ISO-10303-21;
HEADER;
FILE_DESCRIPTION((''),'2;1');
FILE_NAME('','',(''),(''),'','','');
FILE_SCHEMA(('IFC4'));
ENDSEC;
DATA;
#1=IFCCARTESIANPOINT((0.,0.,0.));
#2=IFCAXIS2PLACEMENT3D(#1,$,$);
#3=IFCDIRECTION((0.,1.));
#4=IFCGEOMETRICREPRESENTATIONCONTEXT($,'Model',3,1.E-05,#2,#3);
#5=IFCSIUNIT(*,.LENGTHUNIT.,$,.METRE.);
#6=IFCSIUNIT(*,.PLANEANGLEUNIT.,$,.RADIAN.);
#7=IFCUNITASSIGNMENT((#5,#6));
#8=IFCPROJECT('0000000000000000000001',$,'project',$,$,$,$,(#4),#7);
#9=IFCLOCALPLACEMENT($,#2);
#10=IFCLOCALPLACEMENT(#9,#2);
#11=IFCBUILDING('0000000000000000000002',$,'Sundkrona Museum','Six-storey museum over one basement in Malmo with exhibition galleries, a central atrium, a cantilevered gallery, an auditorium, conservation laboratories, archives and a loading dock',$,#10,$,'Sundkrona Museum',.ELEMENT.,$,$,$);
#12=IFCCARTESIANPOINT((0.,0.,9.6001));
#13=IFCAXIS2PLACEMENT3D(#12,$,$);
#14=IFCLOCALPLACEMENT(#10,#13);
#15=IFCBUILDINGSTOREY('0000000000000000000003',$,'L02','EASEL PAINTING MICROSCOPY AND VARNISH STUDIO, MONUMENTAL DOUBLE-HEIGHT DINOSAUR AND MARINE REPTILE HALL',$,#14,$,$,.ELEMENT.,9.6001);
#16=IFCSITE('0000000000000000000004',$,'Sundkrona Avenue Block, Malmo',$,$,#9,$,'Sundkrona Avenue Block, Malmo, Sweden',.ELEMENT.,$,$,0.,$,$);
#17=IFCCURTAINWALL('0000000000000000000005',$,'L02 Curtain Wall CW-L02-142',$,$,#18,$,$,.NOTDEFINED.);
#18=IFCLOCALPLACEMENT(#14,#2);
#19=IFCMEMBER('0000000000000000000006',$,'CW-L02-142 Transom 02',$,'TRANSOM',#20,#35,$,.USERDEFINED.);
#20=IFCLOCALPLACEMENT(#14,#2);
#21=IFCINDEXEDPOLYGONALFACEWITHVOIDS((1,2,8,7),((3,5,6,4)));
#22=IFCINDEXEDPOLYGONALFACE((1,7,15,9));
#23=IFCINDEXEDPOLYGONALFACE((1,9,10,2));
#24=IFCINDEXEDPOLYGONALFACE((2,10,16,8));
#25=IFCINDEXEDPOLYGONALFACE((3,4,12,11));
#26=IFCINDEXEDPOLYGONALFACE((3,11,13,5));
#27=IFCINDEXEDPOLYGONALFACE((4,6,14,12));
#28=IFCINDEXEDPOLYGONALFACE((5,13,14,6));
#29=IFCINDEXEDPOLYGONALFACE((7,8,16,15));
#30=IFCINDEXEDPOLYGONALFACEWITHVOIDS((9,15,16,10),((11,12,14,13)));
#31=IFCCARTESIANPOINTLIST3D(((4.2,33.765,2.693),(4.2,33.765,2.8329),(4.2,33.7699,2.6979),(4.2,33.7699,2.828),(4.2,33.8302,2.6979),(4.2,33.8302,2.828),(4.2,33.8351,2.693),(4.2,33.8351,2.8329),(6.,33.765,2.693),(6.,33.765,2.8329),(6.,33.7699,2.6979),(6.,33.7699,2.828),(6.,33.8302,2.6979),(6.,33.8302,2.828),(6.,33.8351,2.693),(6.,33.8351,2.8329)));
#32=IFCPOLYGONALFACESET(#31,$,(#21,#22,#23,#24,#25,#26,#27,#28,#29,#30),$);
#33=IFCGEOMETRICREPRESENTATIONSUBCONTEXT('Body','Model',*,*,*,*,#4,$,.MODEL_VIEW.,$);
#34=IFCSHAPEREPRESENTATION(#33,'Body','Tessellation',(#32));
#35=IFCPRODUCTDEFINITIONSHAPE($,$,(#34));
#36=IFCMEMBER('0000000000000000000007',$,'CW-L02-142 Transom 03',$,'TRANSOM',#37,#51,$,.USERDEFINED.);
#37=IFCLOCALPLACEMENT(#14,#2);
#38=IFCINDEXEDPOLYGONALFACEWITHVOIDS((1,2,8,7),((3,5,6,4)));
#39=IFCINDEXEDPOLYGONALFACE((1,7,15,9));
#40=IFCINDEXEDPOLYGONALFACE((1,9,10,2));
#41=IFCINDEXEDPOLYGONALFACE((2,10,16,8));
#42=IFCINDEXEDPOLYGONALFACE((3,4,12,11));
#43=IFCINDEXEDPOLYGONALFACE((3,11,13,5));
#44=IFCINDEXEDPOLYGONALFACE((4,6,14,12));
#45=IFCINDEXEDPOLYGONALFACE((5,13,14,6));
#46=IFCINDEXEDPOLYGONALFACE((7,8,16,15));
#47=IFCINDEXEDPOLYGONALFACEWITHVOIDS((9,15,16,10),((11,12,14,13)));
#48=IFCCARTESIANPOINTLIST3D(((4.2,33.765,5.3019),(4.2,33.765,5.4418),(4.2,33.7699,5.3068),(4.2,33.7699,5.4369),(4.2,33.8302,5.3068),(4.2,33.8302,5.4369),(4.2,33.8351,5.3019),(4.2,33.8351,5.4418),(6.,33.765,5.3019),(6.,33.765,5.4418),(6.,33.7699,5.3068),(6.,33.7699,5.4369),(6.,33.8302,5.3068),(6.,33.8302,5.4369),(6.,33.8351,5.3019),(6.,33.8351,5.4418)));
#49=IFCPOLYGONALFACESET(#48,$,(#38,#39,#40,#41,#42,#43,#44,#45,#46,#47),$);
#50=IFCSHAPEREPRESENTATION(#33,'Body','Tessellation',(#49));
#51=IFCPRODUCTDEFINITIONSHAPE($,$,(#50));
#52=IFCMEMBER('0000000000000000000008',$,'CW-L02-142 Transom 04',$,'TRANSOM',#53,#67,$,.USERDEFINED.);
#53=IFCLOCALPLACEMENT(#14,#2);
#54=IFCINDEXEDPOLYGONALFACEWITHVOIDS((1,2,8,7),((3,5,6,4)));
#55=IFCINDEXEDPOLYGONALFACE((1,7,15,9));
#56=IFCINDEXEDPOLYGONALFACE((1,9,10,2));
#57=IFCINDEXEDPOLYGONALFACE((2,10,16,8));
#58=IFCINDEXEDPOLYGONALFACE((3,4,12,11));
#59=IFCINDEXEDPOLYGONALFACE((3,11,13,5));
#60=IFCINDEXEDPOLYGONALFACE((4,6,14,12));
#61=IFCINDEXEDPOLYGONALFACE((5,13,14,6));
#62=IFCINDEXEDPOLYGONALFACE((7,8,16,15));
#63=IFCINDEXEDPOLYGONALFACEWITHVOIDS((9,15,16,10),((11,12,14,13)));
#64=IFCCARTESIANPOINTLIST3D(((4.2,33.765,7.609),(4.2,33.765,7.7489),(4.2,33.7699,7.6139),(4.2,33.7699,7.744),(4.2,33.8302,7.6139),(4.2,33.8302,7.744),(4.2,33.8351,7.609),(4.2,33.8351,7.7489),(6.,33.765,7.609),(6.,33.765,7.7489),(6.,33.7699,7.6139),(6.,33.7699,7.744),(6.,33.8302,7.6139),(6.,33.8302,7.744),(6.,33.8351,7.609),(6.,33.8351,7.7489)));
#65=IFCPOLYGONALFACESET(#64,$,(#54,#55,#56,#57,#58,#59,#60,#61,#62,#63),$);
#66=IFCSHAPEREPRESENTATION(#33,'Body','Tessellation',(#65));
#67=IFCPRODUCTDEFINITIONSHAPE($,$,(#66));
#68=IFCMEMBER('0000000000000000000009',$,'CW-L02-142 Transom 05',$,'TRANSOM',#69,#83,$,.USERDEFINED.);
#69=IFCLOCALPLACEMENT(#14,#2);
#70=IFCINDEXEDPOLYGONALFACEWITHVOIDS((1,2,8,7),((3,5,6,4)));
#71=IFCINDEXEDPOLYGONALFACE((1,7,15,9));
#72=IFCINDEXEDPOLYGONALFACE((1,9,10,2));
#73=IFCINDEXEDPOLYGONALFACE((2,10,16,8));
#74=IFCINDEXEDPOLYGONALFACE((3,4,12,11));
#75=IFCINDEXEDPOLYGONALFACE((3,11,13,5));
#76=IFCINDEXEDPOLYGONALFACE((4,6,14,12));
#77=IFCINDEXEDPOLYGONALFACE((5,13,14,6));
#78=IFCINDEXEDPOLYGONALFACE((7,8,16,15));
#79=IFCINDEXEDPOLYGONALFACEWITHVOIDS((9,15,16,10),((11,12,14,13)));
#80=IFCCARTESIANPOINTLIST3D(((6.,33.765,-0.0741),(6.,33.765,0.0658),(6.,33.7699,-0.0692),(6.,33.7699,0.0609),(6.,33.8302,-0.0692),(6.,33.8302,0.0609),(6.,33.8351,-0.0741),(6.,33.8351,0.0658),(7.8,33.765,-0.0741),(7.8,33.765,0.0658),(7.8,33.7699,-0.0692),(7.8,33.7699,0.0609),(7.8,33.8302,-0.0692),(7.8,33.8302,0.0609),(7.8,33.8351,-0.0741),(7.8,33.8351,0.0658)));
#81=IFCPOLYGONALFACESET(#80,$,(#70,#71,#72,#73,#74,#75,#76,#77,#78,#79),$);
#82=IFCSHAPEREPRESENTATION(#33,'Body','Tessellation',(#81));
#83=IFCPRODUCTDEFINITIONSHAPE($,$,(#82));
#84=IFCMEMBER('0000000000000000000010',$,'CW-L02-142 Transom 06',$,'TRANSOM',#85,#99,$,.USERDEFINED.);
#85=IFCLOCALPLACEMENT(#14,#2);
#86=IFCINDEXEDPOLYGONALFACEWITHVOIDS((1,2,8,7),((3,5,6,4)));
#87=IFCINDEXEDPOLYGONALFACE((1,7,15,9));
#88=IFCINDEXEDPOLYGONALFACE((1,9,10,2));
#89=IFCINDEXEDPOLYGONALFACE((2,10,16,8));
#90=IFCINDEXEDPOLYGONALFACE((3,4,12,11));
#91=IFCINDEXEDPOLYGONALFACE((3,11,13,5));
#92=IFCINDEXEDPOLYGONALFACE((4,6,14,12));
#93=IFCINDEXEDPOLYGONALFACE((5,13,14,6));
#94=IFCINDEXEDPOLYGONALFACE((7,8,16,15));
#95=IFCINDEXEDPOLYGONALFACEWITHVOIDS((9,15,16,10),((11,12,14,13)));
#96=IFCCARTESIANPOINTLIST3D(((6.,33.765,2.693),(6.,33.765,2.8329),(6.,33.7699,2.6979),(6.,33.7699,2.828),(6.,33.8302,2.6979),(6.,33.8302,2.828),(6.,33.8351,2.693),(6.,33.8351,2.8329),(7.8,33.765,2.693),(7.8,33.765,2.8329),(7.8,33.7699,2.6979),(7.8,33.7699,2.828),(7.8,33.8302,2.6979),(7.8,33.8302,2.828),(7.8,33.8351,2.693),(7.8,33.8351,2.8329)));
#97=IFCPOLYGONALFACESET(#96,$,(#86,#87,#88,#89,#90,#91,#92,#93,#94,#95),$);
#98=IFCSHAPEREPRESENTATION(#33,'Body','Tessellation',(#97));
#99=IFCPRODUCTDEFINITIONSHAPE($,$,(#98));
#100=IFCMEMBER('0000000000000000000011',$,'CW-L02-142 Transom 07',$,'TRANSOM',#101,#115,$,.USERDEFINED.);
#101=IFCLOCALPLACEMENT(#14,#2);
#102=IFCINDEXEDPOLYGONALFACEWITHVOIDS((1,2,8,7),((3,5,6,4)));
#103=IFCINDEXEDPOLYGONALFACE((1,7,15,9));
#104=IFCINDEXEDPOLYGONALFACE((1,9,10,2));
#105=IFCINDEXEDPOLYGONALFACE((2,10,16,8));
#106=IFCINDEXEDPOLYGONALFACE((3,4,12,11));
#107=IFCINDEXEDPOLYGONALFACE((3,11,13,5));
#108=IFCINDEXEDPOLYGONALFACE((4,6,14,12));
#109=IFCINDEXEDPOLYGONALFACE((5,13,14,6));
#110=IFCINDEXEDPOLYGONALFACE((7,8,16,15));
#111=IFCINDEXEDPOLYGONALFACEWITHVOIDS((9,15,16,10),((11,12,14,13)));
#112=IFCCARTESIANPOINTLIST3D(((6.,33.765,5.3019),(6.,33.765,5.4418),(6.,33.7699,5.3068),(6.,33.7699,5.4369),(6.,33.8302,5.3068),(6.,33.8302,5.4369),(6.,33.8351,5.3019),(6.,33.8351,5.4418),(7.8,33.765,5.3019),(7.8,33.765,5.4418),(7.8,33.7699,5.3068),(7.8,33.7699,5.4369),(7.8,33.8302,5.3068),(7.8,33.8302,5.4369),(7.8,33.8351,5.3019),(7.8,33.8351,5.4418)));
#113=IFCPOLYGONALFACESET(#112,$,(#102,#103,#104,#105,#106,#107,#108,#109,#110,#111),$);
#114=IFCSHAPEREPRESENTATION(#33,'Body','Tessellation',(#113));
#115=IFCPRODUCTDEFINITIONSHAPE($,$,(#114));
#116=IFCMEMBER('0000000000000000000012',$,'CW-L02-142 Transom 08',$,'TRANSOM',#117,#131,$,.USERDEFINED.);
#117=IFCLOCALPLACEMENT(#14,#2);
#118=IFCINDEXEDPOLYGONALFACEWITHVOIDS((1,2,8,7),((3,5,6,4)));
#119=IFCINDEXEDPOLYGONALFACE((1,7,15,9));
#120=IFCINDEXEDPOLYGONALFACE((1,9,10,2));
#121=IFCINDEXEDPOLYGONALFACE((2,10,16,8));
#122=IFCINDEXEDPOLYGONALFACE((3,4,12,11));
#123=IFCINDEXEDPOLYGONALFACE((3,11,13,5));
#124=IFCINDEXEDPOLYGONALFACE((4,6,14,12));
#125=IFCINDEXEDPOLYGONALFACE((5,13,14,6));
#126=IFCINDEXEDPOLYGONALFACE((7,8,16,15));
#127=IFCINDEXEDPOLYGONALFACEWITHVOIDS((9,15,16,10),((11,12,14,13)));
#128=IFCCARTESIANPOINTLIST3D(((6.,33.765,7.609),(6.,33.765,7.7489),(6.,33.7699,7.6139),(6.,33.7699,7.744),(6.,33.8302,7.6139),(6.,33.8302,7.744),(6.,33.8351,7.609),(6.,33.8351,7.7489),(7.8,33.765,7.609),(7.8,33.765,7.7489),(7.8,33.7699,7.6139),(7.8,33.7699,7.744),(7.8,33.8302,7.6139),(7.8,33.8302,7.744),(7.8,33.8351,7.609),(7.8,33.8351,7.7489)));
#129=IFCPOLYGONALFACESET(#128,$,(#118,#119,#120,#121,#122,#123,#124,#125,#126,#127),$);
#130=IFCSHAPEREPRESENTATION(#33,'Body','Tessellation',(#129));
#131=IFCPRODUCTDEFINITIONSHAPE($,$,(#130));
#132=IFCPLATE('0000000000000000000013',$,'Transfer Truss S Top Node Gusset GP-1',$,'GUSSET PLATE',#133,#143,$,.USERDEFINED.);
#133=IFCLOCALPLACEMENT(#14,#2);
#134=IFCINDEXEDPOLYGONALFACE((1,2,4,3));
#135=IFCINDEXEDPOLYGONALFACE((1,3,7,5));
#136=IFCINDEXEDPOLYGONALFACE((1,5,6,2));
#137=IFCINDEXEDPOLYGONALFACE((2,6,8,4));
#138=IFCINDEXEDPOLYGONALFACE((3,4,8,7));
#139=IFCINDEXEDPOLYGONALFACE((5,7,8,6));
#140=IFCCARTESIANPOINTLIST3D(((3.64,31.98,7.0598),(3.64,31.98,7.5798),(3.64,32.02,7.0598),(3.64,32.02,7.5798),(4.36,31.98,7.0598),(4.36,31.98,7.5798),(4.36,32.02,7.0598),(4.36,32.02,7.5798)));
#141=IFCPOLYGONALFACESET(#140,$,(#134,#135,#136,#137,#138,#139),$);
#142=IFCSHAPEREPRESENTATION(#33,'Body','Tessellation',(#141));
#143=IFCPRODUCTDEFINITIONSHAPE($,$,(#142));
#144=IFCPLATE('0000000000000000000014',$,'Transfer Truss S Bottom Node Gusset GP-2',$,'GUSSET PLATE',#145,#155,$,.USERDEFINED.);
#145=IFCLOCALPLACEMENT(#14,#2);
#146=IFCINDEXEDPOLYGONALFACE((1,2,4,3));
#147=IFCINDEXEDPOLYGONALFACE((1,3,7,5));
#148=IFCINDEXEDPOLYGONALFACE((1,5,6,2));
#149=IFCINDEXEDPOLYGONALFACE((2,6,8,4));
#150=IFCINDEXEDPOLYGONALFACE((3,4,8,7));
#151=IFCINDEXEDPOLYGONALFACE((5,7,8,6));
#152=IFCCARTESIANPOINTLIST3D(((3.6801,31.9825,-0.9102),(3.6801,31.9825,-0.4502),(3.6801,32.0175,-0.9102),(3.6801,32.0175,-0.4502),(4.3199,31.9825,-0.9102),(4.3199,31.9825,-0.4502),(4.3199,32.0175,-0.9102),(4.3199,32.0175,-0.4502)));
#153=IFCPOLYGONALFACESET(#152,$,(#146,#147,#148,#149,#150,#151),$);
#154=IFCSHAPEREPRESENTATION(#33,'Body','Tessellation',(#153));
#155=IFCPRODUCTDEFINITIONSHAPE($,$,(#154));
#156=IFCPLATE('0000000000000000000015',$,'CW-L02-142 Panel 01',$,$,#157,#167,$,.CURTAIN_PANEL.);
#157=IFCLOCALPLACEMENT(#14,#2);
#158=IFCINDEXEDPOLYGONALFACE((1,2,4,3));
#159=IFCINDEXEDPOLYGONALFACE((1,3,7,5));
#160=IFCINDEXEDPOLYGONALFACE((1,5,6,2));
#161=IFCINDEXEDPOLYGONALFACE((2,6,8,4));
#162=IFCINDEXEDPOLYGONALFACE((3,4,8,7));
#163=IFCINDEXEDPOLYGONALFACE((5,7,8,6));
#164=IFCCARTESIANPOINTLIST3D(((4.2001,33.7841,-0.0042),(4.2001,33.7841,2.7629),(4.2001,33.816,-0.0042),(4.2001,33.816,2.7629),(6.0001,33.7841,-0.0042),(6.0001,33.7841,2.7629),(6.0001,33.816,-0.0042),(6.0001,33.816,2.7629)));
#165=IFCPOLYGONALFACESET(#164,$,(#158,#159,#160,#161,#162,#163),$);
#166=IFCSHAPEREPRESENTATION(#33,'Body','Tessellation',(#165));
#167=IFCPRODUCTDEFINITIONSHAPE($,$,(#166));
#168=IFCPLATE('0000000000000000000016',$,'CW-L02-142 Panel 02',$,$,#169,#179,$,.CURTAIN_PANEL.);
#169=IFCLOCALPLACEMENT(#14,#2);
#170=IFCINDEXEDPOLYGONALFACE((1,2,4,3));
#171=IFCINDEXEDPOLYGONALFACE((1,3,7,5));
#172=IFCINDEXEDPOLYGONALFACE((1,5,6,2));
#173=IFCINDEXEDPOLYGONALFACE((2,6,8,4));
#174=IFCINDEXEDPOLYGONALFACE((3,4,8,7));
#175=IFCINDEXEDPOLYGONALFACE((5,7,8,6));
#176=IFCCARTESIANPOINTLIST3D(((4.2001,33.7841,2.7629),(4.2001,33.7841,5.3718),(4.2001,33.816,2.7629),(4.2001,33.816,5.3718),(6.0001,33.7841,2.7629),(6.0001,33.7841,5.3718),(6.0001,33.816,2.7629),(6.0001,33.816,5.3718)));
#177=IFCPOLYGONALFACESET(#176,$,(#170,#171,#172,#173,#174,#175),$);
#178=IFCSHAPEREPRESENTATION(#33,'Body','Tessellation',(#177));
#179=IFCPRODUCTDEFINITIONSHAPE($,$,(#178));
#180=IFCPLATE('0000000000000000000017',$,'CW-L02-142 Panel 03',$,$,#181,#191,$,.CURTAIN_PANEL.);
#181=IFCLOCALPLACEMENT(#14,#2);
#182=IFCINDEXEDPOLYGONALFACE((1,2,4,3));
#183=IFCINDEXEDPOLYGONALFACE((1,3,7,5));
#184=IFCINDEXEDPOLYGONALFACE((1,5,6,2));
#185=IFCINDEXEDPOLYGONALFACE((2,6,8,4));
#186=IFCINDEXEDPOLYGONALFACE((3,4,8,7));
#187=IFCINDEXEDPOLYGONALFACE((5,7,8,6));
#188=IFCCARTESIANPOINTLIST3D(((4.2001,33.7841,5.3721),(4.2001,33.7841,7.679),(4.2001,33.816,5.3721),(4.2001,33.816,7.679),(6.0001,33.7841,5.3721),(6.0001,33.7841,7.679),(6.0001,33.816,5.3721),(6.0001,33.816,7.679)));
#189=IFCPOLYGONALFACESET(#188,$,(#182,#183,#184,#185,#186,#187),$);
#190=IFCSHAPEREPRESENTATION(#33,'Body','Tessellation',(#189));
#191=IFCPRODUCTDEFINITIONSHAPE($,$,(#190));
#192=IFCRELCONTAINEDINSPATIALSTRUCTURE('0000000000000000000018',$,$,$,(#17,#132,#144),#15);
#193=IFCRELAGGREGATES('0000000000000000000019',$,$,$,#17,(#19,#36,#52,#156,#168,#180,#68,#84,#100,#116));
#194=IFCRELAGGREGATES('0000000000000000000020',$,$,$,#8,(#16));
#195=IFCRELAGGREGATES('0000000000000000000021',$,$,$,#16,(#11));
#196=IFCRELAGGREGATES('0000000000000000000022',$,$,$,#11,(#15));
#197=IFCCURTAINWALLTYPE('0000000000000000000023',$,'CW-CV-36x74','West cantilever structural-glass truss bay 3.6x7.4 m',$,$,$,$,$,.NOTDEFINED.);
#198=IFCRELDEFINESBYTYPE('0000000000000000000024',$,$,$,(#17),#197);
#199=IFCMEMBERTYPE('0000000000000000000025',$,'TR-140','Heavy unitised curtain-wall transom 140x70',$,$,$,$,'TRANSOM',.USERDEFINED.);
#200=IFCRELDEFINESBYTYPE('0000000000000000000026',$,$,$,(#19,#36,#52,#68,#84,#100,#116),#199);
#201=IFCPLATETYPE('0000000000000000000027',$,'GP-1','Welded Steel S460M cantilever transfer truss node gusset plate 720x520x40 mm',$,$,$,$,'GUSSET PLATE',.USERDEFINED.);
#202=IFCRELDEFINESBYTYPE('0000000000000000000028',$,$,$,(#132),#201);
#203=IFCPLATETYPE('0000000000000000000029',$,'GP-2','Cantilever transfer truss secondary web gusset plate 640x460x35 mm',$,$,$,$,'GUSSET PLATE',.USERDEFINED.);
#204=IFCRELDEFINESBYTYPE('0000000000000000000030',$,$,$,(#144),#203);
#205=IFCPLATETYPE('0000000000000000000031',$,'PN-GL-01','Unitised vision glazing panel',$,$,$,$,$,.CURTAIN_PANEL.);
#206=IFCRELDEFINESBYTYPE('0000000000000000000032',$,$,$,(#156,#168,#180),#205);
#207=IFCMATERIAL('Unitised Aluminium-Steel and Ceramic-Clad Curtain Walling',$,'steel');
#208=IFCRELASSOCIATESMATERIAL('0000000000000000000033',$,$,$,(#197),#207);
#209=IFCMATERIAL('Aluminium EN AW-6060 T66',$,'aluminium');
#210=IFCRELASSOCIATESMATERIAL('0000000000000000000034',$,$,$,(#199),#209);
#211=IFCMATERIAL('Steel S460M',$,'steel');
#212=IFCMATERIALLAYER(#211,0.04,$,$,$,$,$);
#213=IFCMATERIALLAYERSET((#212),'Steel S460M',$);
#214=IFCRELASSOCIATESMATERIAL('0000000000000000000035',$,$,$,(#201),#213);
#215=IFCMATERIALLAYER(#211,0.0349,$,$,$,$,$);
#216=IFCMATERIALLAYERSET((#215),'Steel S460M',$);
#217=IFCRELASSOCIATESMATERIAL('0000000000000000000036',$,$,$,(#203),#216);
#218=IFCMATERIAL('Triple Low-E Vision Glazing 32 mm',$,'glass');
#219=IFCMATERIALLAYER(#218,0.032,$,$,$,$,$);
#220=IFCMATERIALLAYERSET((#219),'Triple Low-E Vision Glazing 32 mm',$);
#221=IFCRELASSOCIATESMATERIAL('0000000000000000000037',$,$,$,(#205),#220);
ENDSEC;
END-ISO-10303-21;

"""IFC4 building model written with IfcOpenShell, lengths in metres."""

from ifc_helpers import new_model, si_unit, direction, frame, origin, origin_2d, place, context, subcontext, project, spatial, rectangle, hollow_rectangle, extrude, material, layer, layer_set, material_profile, profile_set, type_object, element, aggregate, save


model = new_model("IFC4")

# Units and contexts
model_context = context("Model", 3, precision=1e-05, world=origin(), true_north=direction((0.0, 1.0)))
body_context = subcontext(model_context, "Body", "Model", "MODEL_VIEW")
ifc_project = project(units=[si_unit("LENGTHUNIT", "METRE"), si_unit("PLANEANGLEUNIT", "RADIAN")], contexts=[model_context])

# Site, building, storey
site_placement = place(None, origin())
site = spatial("IfcSite", under=ifc_project, at=site_placement, Name="Sundkrona Avenue Block, Malmo", LongName="Sundkrona Avenue Block, Malmo, Sweden", CompositionType="ELEMENT", RefElevation=0.0)
building_placement = place(site_placement, origin())
building = spatial("IfcBuilding", under=site, at=building_placement, Name="Sundkrona Museum", Description="Six-storey museum over one basement in Malmo with exhibition galleries, a central atrium, a cantilevered gallery, an auditorium, conservation laboratories, archives and a loading dock", LongName="Sundkrona Museum", CompositionType="ELEMENT")
storey_placement = place(building_placement, frame((0.0, 0.0, 9.6001)))
storey = spatial("IfcBuildingStorey", under=building, at=storey_placement, Name="L02", Description="EASEL PAINTING MICROSCOPY AND VARNISH STUDIO, MONUMENTAL DOUBLE-HEIGHT DINOSAUR AND MARINE REPTILE HALL", CompositionType="ELEMENT", Elevation=9.6001)

# Curtain wall
ifc_material_1 = material(Name="Unitised Aluminium-Steel and Ceramic-Clad Curtain Walling", Category="steel")
curtain_wall_type = type_object("IfcCurtainWallType", Name="CW-CV-36x74", Description="West cantilever structural-glass truss bay 3.6x7.4 m", PredefinedType="NOTDEFINED", material=ifc_material_1)
curtain_wall_placement = place(storey_placement, origin())
curtain_wall = element("IfcCurtainWall", 1, at=curtain_wall_placement, inside=storey, type_object=curtain_wall_type, Name="L02 Curtain Wall CW-L02-142", PredefinedType="NOTDEFINED")
ifc_material_2 = material(Name="Aluminium EN AW-6060 T66", Category="aluminium")

# Shared definitions
ifc_material_3 = material(Name="Steel S460M", Category="steel")

# Members
ifc_material_profile_1 = material_profile(ifc_material_2, hollow_rectangle(XDim=0.0701, YDim=0.1399, WallThickness=0.0049, at=origin_2d()), Name="RHS 140x70x5.0")
ifc_profile_set_1 = profile_set([ifc_material_profile_1], Name="Aluminium EN AW-6060 T66")
member_type_1 = type_object("IfcMemberType", Name="TR-140", Description="Heavy unitised curtain-wall transom 140x70", ElementType="TRANSOM", PredefinedType="USERDEFINED", material=ifc_profile_set_1)
member_1_placement = place(storey_placement, frame((4.2, 33.8, 2.7629), z_axis=(1.0, 0.0, 0.0), x_axis=(0.0, 1.0, 0.0)))
member_1 = element("IfcMember", 2, at=member_1_placement, type_object=member_type_1, Name="CW-L02-142 Transom 02", ObjectType="TRANSOM", PredefinedType="USERDEFINED", context=body_context, shape_type="SweptSolid", body=[
    extrude(hollow_rectangle(XDim=0.0701, YDim=0.1399, WallThickness=0.0049, at=origin_2d()), origin(), (0.0, 0.0, 1.0), 1.8),
])
member_2_placement = place(storey_placement, frame((4.2, 33.8, 5.3718), z_axis=(1.0, 0.0, 0.0), x_axis=(0.0, 1.0, 0.0)))
member_2 = element("IfcMember", 3, at=member_2_placement, type_object=member_type_1, Name="CW-L02-142 Transom 03", ObjectType="TRANSOM", PredefinedType="USERDEFINED", context=body_context, shape_type="SweptSolid", body=[
    extrude(hollow_rectangle(XDim=0.0701, YDim=0.1399, WallThickness=0.0049, at=origin_2d()), origin(), (0.0, 0.0, 1.0), 1.8),
])
member_3_placement = place(storey_placement, frame((4.2, 33.8, 7.679), z_axis=(1.0, 0.0, 0.0), x_axis=(0.0, 1.0, 0.0)))
member_3 = element("IfcMember", 4, at=member_3_placement, type_object=member_type_1, Name="CW-L02-142 Transom 04", ObjectType="TRANSOM", PredefinedType="USERDEFINED", context=body_context, shape_type="SweptSolid", body=[
    extrude(hollow_rectangle(XDim=0.0701, YDim=0.1399, WallThickness=0.0049, at=origin_2d()), origin(), (0.0, 0.0, 1.0), 1.8),
])
member_4_placement = place(storey_placement, frame((6.0, 33.8, -0.0042), z_axis=(1.0, 0.0, 0.0), x_axis=(0.0, 1.0, 0.0)))
member_4 = element("IfcMember", 5, at=member_4_placement, type_object=member_type_1, Name="CW-L02-142 Transom 05", ObjectType="TRANSOM", PredefinedType="USERDEFINED", context=body_context, shape_type="SweptSolid", body=[
    extrude(hollow_rectangle(XDim=0.0701, YDim=0.1399, WallThickness=0.0049, at=origin_2d()), origin(), (0.0, 0.0, 1.0), 1.8),
])
member_5_placement = place(storey_placement, frame((6.0, 33.8, 2.7629), z_axis=(1.0, 0.0, 0.0), x_axis=(0.0, 1.0, 0.0)))
member_5 = element("IfcMember", 6, at=member_5_placement, type_object=member_type_1, Name="CW-L02-142 Transom 06", ObjectType="TRANSOM", PredefinedType="USERDEFINED", context=body_context, shape_type="SweptSolid", body=[
    extrude(hollow_rectangle(XDim=0.0701, YDim=0.1399, WallThickness=0.0049, at=origin_2d()), origin(), (0.0, 0.0, 1.0), 1.8),
])
member_6_placement = place(storey_placement, frame((6.0, 33.8, 5.3718), z_axis=(1.0, 0.0, 0.0), x_axis=(0.0, 1.0, 0.0)))
member_6 = element("IfcMember", 7, at=member_6_placement, type_object=member_type_1, Name="CW-L02-142 Transom 07", ObjectType="TRANSOM", PredefinedType="USERDEFINED", context=body_context, shape_type="SweptSolid", body=[
    extrude(hollow_rectangle(XDim=0.0701, YDim=0.1399, WallThickness=0.0049, at=origin_2d()), origin(), (0.0, 0.0, 1.0), 1.8),
])
member_7_placement = place(storey_placement, frame((6.0, 33.8, 7.679), z_axis=(1.0, 0.0, 0.0), x_axis=(0.0, 1.0, 0.0)))
member_7 = element("IfcMember", 8, at=member_7_placement, type_object=member_type_1, Name="CW-L02-142 Transom 08", ObjectType="TRANSOM", PredefinedType="USERDEFINED", context=body_context, shape_type="SweptSolid", body=[
    extrude(hollow_rectangle(XDim=0.0701, YDim=0.1399, WallThickness=0.0049, at=origin_2d()), origin(), (0.0, 0.0, 1.0), 1.8),
])

# Plates
ifc_layer_1 = layer(ifc_material_3, 0.04)
ifc_layer_set_1 = layer_set([ifc_layer_1], Name="Steel S460M")
plate_type_1 = type_object("IfcPlateType", Name="GP-1", Description="Welded Steel S460M cantilever transfer truss node gusset plate 720x520x40 mm", ElementType="GUSSET PLATE", PredefinedType="USERDEFINED", material=ifc_layer_set_1)
plate_1_placement = place(storey_placement, frame((4.0, 32.0, 7.0598), z_axis=(0.0, 0.0, 1.0), x_axis=(1.0, 0.0, 0.0)))
element("IfcPlate", 9, at=plate_1_placement, inside=storey, type_object=plate_type_1, Name="Transfer Truss S Top Node Gusset GP-1", ObjectType="GUSSET PLATE", PredefinedType="USERDEFINED", context=body_context, shape_type="SweptSolid", body=[
    extrude(rectangle(XDim=0.72, YDim=0.04, at=origin_2d()), origin(), (0.0, 0.0, 1.0), 0.52),
])
ifc_layer_2 = layer(ifc_material_3, 0.0349)
ifc_layer_set_2 = layer_set([ifc_layer_2], Name="Steel S460M")
plate_type_2 = type_object("IfcPlateType", Name="GP-2", Description="Cantilever transfer truss secondary web gusset plate 640x460x35 mm", ElementType="GUSSET PLATE", PredefinedType="USERDEFINED", material=ifc_layer_set_2)
plate_2_placement = place(storey_placement, frame((4.0, 32.0, -0.9102), z_axis=(0.0, 0.0, 1.0), x_axis=(1.0, 0.0, 0.0)))
element("IfcPlate", 10, at=plate_2_placement, inside=storey, type_object=plate_type_2, Name="Transfer Truss S Bottom Node Gusset GP-2", ObjectType="GUSSET PLATE", PredefinedType="USERDEFINED", context=body_context, shape_type="SweptSolid", body=[
    extrude(rectangle(XDim=0.6399, YDim=0.0349, at=origin_2d()), origin(), (0.0, 0.0, 1.0), 0.46),
])

# Plates
ifc_material_4 = material(Name="Triple Low-E Vision Glazing 32 mm", Category="glass")
ifc_layer_3 = layer(ifc_material_4, 0.032)
ifc_layer_set_3 = layer_set([ifc_layer_3], Name="Triple Low-E Vision Glazing 32 mm")
plate_type_3 = type_object("IfcPlateType", Name="PN-GL-01", Description="Unitised vision glazing panel", PredefinedType="CURTAIN_PANEL", material=ifc_layer_set_3)
plate_3_placement = place(storey_placement, frame((5.1001, 33.8, -0.0042), z_axis=(0.0, 0.0, 1.0), x_axis=(1.0, 0.0, 0.0)))
plate_3 = element("IfcPlate", 11, at=plate_3_placement, type_object=plate_type_3, Name="CW-L02-142 Panel 01", PredefinedType="CURTAIN_PANEL", context=body_context, shape_type="SweptSolid", body=[
    extrude(rectangle(XDim=1.8, YDim=0.032, at=origin_2d()), origin(), (0.0, 0.0, 1.0), 2.7671),
])
plate_4_placement = place(storey_placement, frame((5.1001, 33.8, 2.7629), z_axis=(0.0, 0.0, 1.0), x_axis=(1.0, 0.0, 0.0)))
plate_4 = element("IfcPlate", 12, at=plate_4_placement, type_object=plate_type_3, Name="CW-L02-142 Panel 02", PredefinedType="CURTAIN_PANEL", context=body_context, shape_type="SweptSolid", body=[
    extrude(rectangle(XDim=1.8, YDim=0.032, at=origin_2d()), origin(), (0.0, 0.0, 1.0), 2.6089),
])
plate_5_placement = place(storey_placement, frame((5.1001, 33.8, 5.3721), z_axis=(0.0, 0.0, 1.0), x_axis=(1.0, 0.0, 0.0)))
plate_5 = element("IfcPlate", 13, at=plate_5_placement, type_object=plate_type_3, Name="CW-L02-142 Panel 03", PredefinedType="CURTAIN_PANEL", context=body_context, shape_type="SweptSolid", body=[
    extrude(rectangle(XDim=1.8, YDim=0.032, at=origin_2d()), origin(), (0.0, 0.0, 1.0), 2.3069),
])
aggregate(curtain_wall, [member_1, member_2, member_3, plate_3, plate_4, plate_5, member_4, member_5, member_6, member_7])

save(model, "model.ifc")
